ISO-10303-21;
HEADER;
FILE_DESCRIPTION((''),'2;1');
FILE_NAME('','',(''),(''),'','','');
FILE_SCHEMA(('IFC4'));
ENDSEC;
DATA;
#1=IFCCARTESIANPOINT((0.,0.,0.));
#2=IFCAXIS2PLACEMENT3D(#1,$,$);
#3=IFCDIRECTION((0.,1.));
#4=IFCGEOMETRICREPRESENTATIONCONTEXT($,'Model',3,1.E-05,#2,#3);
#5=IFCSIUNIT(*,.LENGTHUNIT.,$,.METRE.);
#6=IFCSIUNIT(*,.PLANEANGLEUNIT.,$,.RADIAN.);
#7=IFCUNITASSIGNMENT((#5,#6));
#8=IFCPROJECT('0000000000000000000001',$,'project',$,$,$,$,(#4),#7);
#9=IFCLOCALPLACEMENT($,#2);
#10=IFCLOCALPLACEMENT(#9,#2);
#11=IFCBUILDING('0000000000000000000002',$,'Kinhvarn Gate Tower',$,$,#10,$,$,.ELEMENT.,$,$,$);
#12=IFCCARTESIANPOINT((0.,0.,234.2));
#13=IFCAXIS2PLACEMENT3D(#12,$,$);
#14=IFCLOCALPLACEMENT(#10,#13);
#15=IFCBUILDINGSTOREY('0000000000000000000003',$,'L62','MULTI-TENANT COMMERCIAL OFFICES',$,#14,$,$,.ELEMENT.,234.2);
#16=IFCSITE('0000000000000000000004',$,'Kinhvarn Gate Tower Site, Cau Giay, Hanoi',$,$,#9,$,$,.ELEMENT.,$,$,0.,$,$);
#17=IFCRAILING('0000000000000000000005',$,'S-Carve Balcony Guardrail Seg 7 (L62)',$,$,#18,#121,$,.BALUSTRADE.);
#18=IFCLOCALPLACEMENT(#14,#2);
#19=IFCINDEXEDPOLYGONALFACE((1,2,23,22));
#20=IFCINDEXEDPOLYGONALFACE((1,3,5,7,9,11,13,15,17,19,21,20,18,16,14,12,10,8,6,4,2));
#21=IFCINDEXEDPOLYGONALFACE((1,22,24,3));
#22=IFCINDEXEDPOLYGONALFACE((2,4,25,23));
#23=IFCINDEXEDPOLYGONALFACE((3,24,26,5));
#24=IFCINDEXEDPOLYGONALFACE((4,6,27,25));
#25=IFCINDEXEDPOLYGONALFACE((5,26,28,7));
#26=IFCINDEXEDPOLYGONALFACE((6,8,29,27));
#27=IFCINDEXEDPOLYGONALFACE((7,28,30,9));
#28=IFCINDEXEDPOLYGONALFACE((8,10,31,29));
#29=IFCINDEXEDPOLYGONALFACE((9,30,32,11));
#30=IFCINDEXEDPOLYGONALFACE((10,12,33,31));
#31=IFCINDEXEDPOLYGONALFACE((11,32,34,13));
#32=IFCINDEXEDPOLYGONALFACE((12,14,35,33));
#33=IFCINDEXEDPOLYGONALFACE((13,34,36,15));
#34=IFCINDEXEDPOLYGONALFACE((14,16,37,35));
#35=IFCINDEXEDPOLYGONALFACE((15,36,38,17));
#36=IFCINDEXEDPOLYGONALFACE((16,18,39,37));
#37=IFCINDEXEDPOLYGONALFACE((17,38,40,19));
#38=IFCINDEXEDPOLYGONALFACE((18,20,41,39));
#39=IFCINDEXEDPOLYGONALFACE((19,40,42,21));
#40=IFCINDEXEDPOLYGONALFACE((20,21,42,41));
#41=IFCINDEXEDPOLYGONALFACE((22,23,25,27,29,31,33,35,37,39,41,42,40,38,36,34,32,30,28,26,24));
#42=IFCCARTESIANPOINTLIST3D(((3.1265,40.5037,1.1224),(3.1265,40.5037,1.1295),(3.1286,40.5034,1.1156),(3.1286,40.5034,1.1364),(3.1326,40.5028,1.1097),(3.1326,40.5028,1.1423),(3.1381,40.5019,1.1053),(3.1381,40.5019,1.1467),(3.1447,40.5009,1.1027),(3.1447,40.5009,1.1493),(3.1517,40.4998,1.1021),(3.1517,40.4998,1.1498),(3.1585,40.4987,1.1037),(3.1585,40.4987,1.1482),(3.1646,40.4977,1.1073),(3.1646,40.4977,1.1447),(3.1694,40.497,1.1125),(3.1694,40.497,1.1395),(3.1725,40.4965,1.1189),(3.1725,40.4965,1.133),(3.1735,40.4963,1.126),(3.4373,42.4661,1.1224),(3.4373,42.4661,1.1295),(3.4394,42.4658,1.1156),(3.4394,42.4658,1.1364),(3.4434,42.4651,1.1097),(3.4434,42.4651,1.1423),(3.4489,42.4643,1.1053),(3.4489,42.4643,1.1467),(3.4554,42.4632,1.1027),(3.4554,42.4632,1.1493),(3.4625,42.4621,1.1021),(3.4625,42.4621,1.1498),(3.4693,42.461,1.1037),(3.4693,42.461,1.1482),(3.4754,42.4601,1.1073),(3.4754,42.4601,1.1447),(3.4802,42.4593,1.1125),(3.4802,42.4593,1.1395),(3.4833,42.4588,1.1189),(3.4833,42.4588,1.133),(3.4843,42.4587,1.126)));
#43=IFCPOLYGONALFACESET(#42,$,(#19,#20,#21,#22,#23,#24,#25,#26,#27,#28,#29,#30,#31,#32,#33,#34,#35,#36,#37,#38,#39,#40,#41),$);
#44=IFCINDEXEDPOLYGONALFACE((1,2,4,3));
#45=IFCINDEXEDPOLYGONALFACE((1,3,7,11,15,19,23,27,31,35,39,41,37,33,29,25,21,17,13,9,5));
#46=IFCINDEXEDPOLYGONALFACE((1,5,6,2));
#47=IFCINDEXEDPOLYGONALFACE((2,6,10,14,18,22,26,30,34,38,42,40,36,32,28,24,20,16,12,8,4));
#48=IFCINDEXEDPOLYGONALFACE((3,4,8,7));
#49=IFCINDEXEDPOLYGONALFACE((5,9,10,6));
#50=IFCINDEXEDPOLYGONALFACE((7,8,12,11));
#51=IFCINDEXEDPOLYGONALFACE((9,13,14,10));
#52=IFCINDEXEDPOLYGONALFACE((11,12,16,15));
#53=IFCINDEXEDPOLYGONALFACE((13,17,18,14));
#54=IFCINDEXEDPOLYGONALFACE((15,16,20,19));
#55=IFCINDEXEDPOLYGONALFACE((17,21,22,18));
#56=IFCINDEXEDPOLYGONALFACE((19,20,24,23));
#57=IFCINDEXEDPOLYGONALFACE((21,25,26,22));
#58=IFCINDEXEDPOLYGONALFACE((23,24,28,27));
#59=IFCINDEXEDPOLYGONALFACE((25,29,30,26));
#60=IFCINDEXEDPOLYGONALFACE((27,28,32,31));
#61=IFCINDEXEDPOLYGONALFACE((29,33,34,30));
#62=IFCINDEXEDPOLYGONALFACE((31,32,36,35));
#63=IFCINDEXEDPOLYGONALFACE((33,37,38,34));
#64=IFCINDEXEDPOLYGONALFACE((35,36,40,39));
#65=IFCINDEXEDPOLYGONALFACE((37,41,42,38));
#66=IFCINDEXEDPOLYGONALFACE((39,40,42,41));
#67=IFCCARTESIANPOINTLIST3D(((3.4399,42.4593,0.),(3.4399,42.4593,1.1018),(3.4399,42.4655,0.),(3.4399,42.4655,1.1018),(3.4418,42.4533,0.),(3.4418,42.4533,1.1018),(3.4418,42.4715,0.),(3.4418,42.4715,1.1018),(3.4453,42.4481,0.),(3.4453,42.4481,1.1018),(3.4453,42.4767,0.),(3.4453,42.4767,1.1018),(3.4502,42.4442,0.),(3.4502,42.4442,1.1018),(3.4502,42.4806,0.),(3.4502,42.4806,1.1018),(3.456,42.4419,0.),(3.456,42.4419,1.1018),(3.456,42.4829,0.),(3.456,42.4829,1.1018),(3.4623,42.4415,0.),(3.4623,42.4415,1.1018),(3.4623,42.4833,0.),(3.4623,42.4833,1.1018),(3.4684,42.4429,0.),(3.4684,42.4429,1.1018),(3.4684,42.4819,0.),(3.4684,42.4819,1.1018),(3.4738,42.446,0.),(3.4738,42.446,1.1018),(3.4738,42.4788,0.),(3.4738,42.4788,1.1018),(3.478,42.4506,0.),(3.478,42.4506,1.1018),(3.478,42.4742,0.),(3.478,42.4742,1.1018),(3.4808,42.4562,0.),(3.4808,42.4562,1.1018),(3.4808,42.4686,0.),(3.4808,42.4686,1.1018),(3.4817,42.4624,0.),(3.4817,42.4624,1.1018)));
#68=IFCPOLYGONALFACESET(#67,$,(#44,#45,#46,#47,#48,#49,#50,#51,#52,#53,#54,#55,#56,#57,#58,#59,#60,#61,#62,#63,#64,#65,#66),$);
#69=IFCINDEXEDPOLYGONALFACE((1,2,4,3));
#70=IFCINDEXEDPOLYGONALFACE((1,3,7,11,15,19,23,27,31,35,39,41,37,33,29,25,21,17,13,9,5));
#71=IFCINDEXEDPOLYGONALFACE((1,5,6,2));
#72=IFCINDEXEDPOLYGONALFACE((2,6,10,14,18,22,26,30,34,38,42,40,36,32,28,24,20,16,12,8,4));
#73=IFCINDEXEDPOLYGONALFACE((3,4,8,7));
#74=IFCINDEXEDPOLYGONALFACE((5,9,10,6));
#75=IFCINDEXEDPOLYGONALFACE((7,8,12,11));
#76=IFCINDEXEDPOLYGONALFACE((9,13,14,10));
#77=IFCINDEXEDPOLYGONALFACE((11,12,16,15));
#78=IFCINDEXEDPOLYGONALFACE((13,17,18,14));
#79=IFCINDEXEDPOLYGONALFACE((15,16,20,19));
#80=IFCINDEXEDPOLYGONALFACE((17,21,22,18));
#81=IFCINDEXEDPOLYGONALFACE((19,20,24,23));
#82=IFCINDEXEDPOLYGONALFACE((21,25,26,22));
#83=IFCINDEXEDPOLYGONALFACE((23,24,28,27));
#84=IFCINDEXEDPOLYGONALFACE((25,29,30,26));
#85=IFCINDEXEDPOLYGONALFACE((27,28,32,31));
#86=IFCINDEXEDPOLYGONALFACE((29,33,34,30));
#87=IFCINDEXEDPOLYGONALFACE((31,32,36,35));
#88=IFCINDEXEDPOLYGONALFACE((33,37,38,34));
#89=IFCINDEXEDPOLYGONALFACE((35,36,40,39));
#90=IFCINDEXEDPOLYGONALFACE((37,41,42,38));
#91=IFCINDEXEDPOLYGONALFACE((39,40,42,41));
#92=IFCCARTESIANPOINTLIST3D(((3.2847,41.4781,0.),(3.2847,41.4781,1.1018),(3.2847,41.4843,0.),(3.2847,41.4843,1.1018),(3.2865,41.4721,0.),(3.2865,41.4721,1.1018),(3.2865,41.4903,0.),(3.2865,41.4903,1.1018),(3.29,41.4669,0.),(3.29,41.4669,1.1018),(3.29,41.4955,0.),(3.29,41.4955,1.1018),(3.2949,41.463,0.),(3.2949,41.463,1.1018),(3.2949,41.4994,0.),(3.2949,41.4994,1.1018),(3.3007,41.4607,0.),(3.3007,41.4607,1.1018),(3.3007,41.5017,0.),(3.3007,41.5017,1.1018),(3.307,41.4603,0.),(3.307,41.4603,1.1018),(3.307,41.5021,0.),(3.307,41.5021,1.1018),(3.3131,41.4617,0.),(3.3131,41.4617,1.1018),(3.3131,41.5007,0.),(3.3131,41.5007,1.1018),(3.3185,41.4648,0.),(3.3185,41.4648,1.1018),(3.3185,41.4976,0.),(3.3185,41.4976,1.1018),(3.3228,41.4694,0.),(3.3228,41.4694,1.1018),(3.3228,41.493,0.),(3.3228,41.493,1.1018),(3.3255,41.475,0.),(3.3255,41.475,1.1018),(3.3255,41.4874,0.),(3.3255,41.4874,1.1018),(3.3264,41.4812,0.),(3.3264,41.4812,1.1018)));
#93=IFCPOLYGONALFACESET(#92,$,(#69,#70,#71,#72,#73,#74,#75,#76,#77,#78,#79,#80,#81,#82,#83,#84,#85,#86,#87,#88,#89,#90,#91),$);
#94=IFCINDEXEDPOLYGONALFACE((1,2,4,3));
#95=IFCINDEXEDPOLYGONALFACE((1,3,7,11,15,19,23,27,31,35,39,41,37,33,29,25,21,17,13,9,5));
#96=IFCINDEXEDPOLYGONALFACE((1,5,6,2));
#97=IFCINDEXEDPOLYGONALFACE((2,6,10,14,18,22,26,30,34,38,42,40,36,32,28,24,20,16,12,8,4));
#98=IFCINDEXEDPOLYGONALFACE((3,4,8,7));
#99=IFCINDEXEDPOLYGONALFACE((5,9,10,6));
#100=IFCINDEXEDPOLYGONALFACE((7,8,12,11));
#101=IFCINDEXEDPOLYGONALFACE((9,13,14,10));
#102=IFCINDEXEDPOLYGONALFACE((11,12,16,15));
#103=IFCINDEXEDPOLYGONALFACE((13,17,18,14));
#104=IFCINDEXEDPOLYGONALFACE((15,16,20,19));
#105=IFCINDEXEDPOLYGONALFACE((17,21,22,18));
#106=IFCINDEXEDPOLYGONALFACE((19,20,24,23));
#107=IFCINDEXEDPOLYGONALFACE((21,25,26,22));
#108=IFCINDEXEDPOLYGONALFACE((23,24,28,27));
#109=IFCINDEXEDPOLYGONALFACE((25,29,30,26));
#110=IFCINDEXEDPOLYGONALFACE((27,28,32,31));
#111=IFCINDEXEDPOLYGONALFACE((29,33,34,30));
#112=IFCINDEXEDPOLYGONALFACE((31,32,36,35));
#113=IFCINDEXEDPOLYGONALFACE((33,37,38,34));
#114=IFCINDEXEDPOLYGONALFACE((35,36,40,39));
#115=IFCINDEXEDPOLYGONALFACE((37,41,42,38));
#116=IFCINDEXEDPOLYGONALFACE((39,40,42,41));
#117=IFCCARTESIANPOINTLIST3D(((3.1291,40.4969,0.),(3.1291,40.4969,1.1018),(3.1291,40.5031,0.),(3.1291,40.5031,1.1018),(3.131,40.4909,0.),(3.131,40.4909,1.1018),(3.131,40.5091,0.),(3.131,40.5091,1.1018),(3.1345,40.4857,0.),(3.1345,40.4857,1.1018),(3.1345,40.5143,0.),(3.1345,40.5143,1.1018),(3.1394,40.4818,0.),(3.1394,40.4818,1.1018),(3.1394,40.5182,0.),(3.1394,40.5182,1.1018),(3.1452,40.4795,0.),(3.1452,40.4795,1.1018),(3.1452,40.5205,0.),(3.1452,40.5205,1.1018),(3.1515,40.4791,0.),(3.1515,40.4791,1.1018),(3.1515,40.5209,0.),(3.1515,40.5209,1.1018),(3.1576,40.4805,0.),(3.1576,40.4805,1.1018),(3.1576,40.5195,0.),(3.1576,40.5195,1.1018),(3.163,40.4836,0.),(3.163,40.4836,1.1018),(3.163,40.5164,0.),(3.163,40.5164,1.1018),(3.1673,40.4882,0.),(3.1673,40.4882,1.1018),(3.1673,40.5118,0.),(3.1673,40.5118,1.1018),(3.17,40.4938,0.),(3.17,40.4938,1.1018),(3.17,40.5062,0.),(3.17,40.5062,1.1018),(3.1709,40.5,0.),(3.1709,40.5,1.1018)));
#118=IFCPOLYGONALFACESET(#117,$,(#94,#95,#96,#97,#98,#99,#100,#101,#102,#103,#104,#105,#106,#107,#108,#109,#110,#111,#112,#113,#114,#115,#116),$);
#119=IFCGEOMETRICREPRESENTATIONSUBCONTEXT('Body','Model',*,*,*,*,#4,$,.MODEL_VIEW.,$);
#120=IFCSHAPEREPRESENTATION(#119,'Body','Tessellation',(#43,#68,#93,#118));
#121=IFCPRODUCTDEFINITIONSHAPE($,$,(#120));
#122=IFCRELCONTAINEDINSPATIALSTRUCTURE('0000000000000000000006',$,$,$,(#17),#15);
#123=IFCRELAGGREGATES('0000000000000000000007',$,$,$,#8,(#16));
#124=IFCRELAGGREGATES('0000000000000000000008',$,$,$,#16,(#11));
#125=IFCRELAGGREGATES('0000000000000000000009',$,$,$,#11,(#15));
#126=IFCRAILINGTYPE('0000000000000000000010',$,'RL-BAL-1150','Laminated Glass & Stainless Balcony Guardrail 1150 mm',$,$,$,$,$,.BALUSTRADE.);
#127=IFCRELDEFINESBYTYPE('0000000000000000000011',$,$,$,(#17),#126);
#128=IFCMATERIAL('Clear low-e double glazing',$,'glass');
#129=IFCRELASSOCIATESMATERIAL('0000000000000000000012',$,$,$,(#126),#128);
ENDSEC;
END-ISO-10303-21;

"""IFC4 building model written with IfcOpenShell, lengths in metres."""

from ifc_helpers import new_model, si_unit, direction, frame, origin, origin_2d, place, context, subcontext, project, spatial, circle, extrude, material, type_object, element, save


model = new_model("IFC4")

# Units and contexts
model_context = context("Model", 3, precision=1e-05, world=origin(), true_north=direction((0.0, 1.0)))
body_context = subcontext(model_context, "Body", "Model", "MODEL_VIEW")
ifc_project = project(units=[si_unit("LENGTHUNIT", "METRE"), si_unit("PLANEANGLEUNIT", "RADIAN")], contexts=[model_context])

# Site, building, storey
site_placement = place(None, origin())
site = spatial("IfcSite", under=ifc_project, at=site_placement, Name="Kinhvarn Gate Tower Site, Cau Giay, Hanoi", CompositionType="ELEMENT", RefElevation=0.0)
building_placement = place(site_placement, origin())
building = spatial("IfcBuilding", under=site, at=building_placement, Name="Kinhvarn Gate Tower", CompositionType="ELEMENT")
storey_placement = place(building_placement, frame((0.0, 0.0, 234.2)))
storey = spatial("IfcBuildingStorey", under=building, at=storey_placement, Name="L62", Description="MULTI-TENANT COMMERCIAL OFFICES", CompositionType="ELEMENT", Elevation=234.2)

# Shared definitions
ifc_material_1 = material(Name="Clear low-e double glazing", Category="glass")

# Railing
railing_type = type_object("IfcRailingType", Name="RL-BAL-1150", Description="Laminated Glass & Stainless Balcony Guardrail 1150 mm", PredefinedType="BALUSTRADE", material=ifc_material_1)
railing_1_placement = place(storey_placement, frame((3.4607, 42.4624, 0.0)))
element("IfcRailing", 1, at=railing_1_placement, inside=storey, type_object=railing_type, Name="S-Carve Balcony Guardrail Seg 7 (L62)", PredefinedType="BALUSTRADE", context=body_context, shape_type="SweptSolid", body=[
    extrude(circle(Radius=0.0239, at=origin_2d()), frame((0.0, 0.0, 1.126), z_axis=(-0.156423, -0.98769, 0.0), x_axis=(0.98769, -0.156423, 0.0)), (0.0, 0.0, 1.0), 1.9868),
    extrude(circle(Radius=0.021, at=origin_2d()), origin(), (0.0, 0.0, 1.0), 1.1018),
    extrude(circle(Radius=0.021, at=origin_2d()), frame((-0.1553, -0.9812, 0.0)), (0.0, 0.0, 1.0), 1.1018),
    extrude(circle(Radius=0.021, at=origin_2d()), frame((-0.3108, -1.9624, 0.0)), (0.0, 0.0, 1.0), 1.1018),
])

save(model, "model.ifc")
